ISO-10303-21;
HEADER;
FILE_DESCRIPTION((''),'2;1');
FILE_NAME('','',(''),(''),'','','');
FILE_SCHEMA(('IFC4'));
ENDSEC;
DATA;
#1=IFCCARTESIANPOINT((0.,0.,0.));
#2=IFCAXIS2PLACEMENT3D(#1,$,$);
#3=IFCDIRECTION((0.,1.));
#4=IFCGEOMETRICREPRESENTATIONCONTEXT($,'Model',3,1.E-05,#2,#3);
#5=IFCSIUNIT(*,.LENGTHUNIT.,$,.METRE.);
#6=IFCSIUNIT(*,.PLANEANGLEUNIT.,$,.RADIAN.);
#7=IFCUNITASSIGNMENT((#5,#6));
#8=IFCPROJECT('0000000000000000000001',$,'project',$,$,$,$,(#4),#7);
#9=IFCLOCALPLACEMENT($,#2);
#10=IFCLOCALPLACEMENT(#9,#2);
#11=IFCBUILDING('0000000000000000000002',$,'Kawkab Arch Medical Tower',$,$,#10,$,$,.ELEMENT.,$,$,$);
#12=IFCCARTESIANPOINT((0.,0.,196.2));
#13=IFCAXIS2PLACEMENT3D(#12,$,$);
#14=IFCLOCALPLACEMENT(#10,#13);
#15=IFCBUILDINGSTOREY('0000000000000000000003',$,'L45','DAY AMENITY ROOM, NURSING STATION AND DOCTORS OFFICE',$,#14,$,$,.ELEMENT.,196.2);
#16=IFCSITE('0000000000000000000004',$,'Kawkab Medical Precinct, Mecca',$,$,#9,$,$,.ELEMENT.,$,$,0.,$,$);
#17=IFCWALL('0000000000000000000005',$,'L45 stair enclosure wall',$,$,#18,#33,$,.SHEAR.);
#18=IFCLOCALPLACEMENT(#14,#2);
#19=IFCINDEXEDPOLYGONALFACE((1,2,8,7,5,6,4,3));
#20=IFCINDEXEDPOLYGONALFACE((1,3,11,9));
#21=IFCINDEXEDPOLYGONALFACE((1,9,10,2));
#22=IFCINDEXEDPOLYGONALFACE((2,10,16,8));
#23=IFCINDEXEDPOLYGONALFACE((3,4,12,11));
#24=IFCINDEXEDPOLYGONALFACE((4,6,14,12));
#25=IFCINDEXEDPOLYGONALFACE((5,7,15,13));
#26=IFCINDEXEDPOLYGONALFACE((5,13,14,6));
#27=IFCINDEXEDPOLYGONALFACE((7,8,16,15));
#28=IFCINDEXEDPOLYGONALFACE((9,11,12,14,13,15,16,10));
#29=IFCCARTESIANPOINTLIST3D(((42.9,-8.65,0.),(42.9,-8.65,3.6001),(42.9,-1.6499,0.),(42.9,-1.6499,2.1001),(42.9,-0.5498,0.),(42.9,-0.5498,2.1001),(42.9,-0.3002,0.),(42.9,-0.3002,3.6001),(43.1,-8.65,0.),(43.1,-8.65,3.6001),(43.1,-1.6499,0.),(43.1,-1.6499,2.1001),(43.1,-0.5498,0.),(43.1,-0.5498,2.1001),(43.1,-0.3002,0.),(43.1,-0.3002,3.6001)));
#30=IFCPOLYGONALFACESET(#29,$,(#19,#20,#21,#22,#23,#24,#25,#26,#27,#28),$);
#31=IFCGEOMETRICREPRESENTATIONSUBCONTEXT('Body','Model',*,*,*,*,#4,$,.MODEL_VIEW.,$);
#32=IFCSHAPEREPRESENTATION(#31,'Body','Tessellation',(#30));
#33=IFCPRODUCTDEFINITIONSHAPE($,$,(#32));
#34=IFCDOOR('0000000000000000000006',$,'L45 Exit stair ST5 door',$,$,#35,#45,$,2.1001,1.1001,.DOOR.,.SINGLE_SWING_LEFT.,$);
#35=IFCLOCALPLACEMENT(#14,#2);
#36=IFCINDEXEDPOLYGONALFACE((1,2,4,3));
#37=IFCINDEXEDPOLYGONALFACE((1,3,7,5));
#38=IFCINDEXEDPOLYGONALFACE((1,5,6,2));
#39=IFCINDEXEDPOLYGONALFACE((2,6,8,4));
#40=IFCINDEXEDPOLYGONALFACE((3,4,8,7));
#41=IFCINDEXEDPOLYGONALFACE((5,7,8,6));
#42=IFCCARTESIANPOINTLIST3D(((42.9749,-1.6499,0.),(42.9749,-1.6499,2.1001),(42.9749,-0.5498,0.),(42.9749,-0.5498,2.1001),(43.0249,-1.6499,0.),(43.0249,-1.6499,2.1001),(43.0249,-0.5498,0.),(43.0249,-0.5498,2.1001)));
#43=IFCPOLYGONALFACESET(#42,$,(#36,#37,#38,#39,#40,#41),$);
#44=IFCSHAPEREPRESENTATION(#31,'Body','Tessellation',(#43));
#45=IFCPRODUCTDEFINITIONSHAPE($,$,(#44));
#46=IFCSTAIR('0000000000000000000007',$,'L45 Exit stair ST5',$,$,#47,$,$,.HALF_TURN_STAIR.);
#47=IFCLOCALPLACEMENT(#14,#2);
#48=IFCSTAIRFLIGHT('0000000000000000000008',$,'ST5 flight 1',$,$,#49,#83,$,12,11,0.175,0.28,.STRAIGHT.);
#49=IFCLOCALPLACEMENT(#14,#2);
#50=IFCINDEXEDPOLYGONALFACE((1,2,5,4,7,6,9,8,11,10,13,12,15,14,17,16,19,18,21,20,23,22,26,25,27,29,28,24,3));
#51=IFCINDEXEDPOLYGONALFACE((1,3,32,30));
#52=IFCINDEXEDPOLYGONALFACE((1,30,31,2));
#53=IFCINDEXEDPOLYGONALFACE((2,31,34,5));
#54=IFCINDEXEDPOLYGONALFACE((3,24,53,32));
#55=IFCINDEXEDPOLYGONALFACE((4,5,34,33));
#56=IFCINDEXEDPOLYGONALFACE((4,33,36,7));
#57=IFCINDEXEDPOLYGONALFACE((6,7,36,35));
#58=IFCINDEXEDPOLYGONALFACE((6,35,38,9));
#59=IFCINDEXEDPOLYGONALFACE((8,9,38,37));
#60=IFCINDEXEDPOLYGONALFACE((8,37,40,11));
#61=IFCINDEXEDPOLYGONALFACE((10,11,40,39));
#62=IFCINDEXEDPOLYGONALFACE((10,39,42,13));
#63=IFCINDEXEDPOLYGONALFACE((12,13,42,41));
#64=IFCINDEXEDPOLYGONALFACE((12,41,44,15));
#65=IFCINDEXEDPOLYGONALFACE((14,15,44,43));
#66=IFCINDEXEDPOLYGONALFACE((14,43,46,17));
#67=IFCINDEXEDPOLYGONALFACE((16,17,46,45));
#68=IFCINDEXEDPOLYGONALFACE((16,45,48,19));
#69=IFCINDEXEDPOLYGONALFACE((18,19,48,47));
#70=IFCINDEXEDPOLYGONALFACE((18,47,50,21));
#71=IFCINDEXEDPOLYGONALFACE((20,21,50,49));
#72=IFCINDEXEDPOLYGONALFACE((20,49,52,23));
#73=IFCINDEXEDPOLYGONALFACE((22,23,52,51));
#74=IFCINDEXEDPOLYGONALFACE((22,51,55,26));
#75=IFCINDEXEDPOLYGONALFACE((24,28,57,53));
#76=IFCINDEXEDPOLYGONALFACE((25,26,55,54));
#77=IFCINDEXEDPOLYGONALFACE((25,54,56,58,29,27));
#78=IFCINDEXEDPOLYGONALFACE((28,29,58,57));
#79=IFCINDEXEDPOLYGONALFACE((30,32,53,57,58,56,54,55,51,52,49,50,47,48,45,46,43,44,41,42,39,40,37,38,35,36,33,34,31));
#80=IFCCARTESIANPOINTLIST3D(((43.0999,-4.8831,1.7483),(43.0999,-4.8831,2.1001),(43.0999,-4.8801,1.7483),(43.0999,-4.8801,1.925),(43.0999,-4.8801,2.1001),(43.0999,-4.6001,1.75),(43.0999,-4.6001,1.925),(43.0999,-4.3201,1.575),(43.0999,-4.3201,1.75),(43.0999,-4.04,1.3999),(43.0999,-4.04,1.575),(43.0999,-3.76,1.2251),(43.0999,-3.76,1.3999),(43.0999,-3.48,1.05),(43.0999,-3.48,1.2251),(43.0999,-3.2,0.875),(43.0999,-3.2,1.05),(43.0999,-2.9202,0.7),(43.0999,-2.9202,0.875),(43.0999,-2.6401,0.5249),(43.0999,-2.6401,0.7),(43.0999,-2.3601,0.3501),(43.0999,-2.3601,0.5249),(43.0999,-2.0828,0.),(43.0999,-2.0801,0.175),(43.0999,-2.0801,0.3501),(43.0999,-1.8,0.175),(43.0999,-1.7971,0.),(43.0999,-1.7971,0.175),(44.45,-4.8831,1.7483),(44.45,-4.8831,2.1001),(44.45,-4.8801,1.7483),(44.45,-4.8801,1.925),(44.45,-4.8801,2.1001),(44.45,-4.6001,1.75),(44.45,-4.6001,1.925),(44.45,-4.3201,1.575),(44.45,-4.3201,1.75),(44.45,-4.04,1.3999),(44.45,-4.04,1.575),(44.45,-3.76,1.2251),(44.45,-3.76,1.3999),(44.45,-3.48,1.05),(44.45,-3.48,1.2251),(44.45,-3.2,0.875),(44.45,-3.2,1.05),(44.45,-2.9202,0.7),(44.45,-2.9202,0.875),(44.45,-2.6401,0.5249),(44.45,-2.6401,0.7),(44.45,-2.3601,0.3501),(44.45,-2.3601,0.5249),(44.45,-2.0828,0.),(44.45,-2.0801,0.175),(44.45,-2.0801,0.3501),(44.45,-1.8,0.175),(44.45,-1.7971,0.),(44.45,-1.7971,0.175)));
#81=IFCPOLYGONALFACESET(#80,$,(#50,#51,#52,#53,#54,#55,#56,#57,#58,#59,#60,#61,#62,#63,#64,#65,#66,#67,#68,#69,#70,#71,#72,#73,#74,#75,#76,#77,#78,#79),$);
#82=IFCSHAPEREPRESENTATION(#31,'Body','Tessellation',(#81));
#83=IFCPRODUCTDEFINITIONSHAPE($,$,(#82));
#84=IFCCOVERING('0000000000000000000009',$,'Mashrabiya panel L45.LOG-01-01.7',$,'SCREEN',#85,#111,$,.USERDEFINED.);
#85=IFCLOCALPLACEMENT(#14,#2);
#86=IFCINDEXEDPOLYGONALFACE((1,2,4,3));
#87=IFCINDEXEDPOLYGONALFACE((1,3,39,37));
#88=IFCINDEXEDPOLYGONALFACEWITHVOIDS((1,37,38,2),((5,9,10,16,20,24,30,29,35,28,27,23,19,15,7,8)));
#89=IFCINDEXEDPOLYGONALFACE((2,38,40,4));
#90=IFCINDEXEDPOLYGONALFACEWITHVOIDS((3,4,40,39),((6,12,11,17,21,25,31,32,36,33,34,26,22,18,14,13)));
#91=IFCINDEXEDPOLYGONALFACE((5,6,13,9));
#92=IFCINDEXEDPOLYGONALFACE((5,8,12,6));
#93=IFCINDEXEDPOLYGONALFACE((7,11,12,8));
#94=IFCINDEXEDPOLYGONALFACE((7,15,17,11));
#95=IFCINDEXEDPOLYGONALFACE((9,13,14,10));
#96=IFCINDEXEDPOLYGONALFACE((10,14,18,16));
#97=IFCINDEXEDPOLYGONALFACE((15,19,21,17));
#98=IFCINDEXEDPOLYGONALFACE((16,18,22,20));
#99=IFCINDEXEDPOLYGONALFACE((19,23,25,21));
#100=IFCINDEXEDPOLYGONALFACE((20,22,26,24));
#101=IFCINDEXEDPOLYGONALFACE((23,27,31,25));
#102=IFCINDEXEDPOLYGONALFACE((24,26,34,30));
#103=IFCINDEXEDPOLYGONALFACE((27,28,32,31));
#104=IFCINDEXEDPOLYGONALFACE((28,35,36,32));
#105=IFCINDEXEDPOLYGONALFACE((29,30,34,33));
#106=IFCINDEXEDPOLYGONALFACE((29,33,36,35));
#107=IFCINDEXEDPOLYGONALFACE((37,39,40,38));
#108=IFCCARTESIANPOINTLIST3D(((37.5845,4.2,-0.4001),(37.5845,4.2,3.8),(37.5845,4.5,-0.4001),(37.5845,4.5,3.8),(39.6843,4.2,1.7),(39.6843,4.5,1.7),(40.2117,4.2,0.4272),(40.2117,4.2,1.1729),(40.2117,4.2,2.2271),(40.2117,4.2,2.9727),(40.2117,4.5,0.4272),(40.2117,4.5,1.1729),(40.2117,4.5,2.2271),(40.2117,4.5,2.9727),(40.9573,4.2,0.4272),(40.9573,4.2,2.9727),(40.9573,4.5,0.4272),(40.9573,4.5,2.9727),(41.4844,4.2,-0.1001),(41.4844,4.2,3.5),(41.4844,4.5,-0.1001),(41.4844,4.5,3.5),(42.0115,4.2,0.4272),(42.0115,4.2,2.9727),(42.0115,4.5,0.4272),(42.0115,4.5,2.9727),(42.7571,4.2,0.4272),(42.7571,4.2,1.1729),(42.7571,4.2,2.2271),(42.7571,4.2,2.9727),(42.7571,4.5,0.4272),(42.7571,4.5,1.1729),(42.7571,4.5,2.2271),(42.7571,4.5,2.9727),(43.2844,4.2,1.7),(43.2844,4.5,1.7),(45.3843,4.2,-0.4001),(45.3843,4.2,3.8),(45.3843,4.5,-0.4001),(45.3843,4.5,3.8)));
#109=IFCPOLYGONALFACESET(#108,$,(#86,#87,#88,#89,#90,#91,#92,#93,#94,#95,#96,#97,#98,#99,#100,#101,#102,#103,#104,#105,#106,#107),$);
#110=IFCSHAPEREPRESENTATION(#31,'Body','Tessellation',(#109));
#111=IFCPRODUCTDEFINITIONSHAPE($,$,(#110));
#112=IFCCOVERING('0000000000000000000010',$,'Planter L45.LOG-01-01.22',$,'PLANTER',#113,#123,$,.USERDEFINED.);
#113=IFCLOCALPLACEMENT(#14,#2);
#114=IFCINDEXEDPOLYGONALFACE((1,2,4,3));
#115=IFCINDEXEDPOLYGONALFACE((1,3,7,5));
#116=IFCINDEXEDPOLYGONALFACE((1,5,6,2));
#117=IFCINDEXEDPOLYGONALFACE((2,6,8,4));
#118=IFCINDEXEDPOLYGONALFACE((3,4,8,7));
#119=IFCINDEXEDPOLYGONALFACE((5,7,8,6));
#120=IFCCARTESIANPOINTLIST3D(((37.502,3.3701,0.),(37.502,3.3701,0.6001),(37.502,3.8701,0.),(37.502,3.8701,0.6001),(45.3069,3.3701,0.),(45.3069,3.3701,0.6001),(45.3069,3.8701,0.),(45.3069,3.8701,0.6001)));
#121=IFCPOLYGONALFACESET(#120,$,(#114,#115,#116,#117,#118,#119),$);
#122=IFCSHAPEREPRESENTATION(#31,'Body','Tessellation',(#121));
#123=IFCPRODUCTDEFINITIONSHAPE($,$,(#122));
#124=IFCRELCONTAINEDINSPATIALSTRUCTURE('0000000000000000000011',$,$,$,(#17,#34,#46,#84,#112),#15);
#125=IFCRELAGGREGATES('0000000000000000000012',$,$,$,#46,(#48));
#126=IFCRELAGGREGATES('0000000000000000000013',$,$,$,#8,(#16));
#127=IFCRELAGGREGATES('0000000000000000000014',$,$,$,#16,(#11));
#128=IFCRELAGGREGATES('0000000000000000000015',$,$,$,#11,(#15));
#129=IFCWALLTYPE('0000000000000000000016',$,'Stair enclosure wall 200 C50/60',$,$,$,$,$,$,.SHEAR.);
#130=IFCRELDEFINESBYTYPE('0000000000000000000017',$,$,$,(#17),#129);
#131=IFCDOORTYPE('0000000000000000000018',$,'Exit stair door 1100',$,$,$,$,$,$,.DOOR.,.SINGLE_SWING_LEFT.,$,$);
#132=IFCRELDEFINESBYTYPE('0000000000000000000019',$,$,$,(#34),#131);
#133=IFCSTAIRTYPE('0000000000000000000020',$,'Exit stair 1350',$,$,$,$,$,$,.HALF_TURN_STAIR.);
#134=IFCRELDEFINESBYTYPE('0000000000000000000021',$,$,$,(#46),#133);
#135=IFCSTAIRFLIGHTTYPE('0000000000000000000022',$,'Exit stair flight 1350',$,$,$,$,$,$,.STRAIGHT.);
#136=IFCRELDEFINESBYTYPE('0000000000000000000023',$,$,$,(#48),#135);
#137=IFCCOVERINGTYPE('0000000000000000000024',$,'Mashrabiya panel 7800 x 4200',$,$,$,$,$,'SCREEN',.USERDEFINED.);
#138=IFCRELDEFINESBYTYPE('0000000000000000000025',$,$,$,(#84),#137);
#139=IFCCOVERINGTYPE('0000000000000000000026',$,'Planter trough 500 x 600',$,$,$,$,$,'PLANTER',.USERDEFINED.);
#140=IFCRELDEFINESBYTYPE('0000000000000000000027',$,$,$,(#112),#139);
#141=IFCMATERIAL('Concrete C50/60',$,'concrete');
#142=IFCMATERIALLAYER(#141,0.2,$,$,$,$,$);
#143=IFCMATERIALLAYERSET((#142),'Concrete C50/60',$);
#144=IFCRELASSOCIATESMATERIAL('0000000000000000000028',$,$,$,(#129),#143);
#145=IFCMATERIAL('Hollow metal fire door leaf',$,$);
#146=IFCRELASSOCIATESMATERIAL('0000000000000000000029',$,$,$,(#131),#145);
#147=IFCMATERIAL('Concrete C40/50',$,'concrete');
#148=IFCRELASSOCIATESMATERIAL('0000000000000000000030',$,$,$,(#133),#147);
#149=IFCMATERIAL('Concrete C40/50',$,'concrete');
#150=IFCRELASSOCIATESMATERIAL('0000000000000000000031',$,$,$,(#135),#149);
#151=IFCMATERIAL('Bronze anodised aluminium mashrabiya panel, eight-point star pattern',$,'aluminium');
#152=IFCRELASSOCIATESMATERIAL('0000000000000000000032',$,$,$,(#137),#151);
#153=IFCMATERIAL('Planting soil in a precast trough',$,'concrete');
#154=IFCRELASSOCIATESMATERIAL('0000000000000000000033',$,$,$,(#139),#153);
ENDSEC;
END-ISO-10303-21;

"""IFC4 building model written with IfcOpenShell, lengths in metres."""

from ifc_helpers import new_model, si_unit, direction, frame, frame_2d, origin, origin_2d, place, context, subcontext, project, spatial, polyline, rectangle, outline, extrude, material, layer, layer_set, material_profile, profile_set, type_object, element, fill, aggregate, save


model = new_model("IFC4")

# Units and contexts
model_context = context("Model", 3, precision=1e-05, world=origin(), true_north=direction((0.0, 1.0)))
body_context = subcontext(model_context, "Body", "Model", "MODEL_VIEW")
ifc_project = project(units=[si_unit("LENGTHUNIT", "METRE"), si_unit("PLANEANGLEUNIT", "RADIAN")], contexts=[model_context])

# Site, building, storey
site_placement = place(None, origin())
site = spatial("IfcSite", under=ifc_project, at=site_placement, Name="Kawkab Medical Precinct, Mecca", CompositionType="ELEMENT", RefElevation=0.0)
building_placement = place(site_placement, origin())
building = spatial("IfcBuilding", under=site, at=building_placement, Name="Kawkab Arch Medical Tower", CompositionType="ELEMENT")
storey_placement = place(building_placement, frame((0.0, 0.0, 196.2)))
storey = spatial("IfcBuildingStorey", under=building, at=storey_placement, Name="L45", Description="DAY AMENITY ROOM, NURSING STATION AND DOCTORS OFFICE", CompositionType="ELEMENT", Elevation=196.2)

# Shared definitions
placement = place(storey_placement, origin())

# Wall, opening, door
ifc_material_1 = material(Name="Concrete C50/60", Category="concrete")
ifc_layer_1 = layer(ifc_material_1, 0.2)
ifc_layer_set_1 = layer_set([ifc_layer_1], Name="Concrete C50/60")
wall_type_1 = type_object("IfcWallType", Name="Stair enclosure wall 200 C50/60", PredefinedType="SHEAR", material=ifc_layer_set_1)
wall_1_placement = place(storey_placement, frame((43.0, -8.6499, 0.0), z_axis=(0.0, 0.0, 1.0), x_axis=(0.0, 1.0, 0.0)))
wall_1 = element("IfcWall", 1, at=wall_1_placement, inside=storey, type_object=wall_type_1, Name="L45 stair enclosure wall", PredefinedType="SHEAR", context=body_context, shape_type="SweptSolid", body=[
    extrude(rectangle(XDim=8.3499, YDim=0.2, at=frame_2d((4.1748, 0.0))), origin(), (0.0, 0.0, 1.0), 3.6001),
])
opening_1_placement = place(wall_1_placement, frame((7.0, 0.0, 0.0)))
opening_1 = element("IfcOpeningElement", 2, at=opening_1_placement, cuts=wall_1, PredefinedType="OPENING", context=body_context, shape_type="SweptSolid", body=[
    extrude(rectangle(XDim=1.1001, YDim=2.1001, at=frame_2d((0.55, 1.05))), frame((0.0, 0.1099, 0.0), z_axis=(0.0, -1.0, 0.0), x_axis=(1.0, 0.0, 0.0)), (0.0, 0.0, 1.0), 0.22),
])
ifc_material_2 = material(Name="Hollow metal fire door leaf")
door_type_1 = type_object("IfcDoorType", Name="Exit stair door 1100", OperationType="SINGLE_SWING_LEFT", PredefinedType="DOOR", material=ifc_material_2)
door_1_placement = place(opening_1_placement, frame((1.1001, 0.0, 0.0), z_axis=(0.0, 0.0, 1.0), x_axis=(-1.0, 0.0, 0.0)))
door_1 = element("IfcDoor", 3, at=door_1_placement, inside=storey, type_object=door_type_1, Name="L45 Exit stair ST5 door", OperationType="SINGLE_SWING_LEFT", OverallHeight=2.1001, OverallWidth=1.1001, PredefinedType="DOOR", context=body_context, shape_type="SweptSolid", body=[
    extrude(rectangle(XDim=1.1001, YDim=2.1001, at=frame_2d((0.55, 1.05))), frame((0.0, 0.0249, 0.0), z_axis=(0.0, -1.0, 0.0), x_axis=(1.0, 0.0, 0.0)), (0.0, 0.0, 1.0), 0.05),
])
fill(opening_1, door_1)

# Stair, stair flight
ifc_material_3 = material(Name="Concrete C40/50", Category="concrete")
stair_type = type_object("IfcStairType", Name="Exit stair 1350", PredefinedType="HALF_TURN_STAIR", material=ifc_material_3)
stair = element("IfcStair", 4, at=placement, inside=storey, type_object=stair_type, Name="L45 Exit stair ST5", PredefinedType="HALF_TURN_STAIR")
ifc_material_4 = material(Name="Concrete C40/50", Category="concrete")
stair_flight_type = type_object("IfcStairFlightType", Name="Exit stair flight 1350", PredefinedType="STRAIGHT", material=ifc_material_4)
stair_flight_placement = place(storey_placement, frame((43.7749, -1.8, 0.0), z_axis=(0.0, 0.0, 1.0), x_axis=(0.0, -1.0, 0.0)))
stair_flight = element("IfcStairFlight", 5, at=stair_flight_placement, type_object=stair_flight_type, Name="ST5 flight 1", NumberOfRisers=12, NumberOfTreads=11, PredefinedType="STRAIGHT", RiserHeight=0.175, TreadLength=0.28, context=body_context, shape_type="SweptSolid", body=[
    extrude(outline(polyline([(-0.0029, 0.0), (-0.0029, 0.175), (0.0, 0.175), (0.28, 0.175), (0.28, 0.3501), (0.5601, 0.3501), (0.5601, 0.5249), (0.8401, 0.5249), (0.8401, 0.7), (1.1201, 0.7), (1.1201, 0.875), (1.3999, 0.875), (1.3999, 1.05), (1.6799, 1.05), (1.6799, 1.2251), (1.96, 1.2251), (1.96, 1.3999), (2.24, 1.3999), (2.24, 1.575), (2.52, 1.575), (2.52, 1.75), (2.8, 1.75), (2.8, 1.925), (3.0801, 1.925), (3.0801, 2.1001), (3.083, 2.1001), (3.083, 1.7483), (3.0801, 1.7483), (0.2827, 0.0), (-0.0029, 0.0)])), frame((0.0, 0.675, 0.0), z_axis=(0.0, -1.0, 0.0), x_axis=(1.0, 0.0, 0.0)), (0.0, 0.0, 1.0), 1.3501),
])
aggregate(stair, [stair_flight])

# Coverings
ifc_material_5 = material(Name="Bronze anodised aluminium mashrabiya panel, eight-point star pattern", Category="aluminium")
ifc_material_profile_1 = material_profile(ifc_material_5, outline(polyline([(-3.8999, -2.1001), (3.8999, -2.1001), (3.8999, 2.1001), (-3.8999, 2.1001), (-3.8999, -2.1001)]), holes=[polyline([(1.8, 0.0), (1.2727, 0.5271), (1.2727, 1.2727), (0.5271, 1.2727), (0.0, 1.8), (-0.5271, 1.2727), (-1.2727, 1.2727), (-1.2727, 0.5271), (-1.8, 0.0), (-1.2727, -0.5271), (-1.2727, -1.2727), (-0.5271, -1.2727), (0.0, -1.8), (0.5271, -1.2727), (1.2727, -1.2727), (1.2727, -0.5271), (1.8, 0.0)])]), Name="Mashrabiya panel 7800x4200")
ifc_profile_set_1 = profile_set([ifc_material_profile_1], Name="Bronze anodised aluminium mashrabiya panel, eight-point star pattern")
covering_type_1 = type_object("IfcCoveringType", Name="Mashrabiya panel 7800 x 4200", ElementType="SCREEN", PredefinedType="USERDEFINED", material=ifc_profile_set_1)
covering_1_placement = place(storey_placement, frame((41.4844, 4.2, 1.7), z_axis=(0.0, 1.0, 0.0), x_axis=(-1.0, 0.0, 0.0)))
element("IfcCovering", 6, at=covering_1_placement, inside=storey, type_object=covering_type_1, Name="Mashrabiya panel L45.LOG-01-01.7", ObjectType="SCREEN", PredefinedType="USERDEFINED", context=body_context, shape_type="SweptSolid", body=[
    extrude(outline(polyline([(-3.8999, -2.1001), (3.8999, -2.1001), (3.8999, 2.1001), (-3.8999, 2.1001), (-3.8999, -2.1001)]), holes=[polyline([(1.8, 0.0), (1.2727, 0.5271), (1.2727, 1.2727), (0.5271, 1.2727), (0.0, 1.8), (-0.5271, 1.2727), (-1.2727, 1.2727), (-1.2727, 0.5271), (-1.8, 0.0), (-1.2727, -0.5271), (-1.2727, -1.2727), (-0.5271, -1.2727), (0.0, -1.8), (0.5271, -1.2727), (1.2727, -1.2727), (1.2727, -0.5271), (1.8, 0.0)])]), origin(), (0.0, 0.0, 1.0), 0.3),
])
ifc_material_6 = material(Name="Planting soil in a precast trough", Category="concrete")
ifc_material_profile_2 = material_profile(ifc_material_6, rectangle(XDim=0.5, YDim=0.6001, at=origin_2d()), Name="Trough 500x600")
ifc_profile_set_2 = profile_set([ifc_material_profile_2], Name="Planting soil in a precast trough")
covering_type_2 = type_object("IfcCoveringType", Name="Planter trough 500 x 600", ElementType="PLANTER", PredefinedType="USERDEFINED", material=ifc_profile_set_2)
covering_2_placement = place(storey_placement, frame((37.502, 3.6201, 0.3), z_axis=(1.0, 0.0, 0.0), x_axis=(0.0, 1.0, 0.0)))
element("IfcCovering", 7, at=covering_2_placement, inside=storey, type_object=covering_type_2, Name="Planter L45.LOG-01-01.22", ObjectType="PLANTER", PredefinedType="USERDEFINED", context=body_context, shape_type="SweptSolid", body=[
    extrude(rectangle(XDim=0.5, YDim=0.6001, at=origin_2d()), origin(), (0.0, 0.0, 1.0), 7.8049),
])

save(model, "model.ifc")
